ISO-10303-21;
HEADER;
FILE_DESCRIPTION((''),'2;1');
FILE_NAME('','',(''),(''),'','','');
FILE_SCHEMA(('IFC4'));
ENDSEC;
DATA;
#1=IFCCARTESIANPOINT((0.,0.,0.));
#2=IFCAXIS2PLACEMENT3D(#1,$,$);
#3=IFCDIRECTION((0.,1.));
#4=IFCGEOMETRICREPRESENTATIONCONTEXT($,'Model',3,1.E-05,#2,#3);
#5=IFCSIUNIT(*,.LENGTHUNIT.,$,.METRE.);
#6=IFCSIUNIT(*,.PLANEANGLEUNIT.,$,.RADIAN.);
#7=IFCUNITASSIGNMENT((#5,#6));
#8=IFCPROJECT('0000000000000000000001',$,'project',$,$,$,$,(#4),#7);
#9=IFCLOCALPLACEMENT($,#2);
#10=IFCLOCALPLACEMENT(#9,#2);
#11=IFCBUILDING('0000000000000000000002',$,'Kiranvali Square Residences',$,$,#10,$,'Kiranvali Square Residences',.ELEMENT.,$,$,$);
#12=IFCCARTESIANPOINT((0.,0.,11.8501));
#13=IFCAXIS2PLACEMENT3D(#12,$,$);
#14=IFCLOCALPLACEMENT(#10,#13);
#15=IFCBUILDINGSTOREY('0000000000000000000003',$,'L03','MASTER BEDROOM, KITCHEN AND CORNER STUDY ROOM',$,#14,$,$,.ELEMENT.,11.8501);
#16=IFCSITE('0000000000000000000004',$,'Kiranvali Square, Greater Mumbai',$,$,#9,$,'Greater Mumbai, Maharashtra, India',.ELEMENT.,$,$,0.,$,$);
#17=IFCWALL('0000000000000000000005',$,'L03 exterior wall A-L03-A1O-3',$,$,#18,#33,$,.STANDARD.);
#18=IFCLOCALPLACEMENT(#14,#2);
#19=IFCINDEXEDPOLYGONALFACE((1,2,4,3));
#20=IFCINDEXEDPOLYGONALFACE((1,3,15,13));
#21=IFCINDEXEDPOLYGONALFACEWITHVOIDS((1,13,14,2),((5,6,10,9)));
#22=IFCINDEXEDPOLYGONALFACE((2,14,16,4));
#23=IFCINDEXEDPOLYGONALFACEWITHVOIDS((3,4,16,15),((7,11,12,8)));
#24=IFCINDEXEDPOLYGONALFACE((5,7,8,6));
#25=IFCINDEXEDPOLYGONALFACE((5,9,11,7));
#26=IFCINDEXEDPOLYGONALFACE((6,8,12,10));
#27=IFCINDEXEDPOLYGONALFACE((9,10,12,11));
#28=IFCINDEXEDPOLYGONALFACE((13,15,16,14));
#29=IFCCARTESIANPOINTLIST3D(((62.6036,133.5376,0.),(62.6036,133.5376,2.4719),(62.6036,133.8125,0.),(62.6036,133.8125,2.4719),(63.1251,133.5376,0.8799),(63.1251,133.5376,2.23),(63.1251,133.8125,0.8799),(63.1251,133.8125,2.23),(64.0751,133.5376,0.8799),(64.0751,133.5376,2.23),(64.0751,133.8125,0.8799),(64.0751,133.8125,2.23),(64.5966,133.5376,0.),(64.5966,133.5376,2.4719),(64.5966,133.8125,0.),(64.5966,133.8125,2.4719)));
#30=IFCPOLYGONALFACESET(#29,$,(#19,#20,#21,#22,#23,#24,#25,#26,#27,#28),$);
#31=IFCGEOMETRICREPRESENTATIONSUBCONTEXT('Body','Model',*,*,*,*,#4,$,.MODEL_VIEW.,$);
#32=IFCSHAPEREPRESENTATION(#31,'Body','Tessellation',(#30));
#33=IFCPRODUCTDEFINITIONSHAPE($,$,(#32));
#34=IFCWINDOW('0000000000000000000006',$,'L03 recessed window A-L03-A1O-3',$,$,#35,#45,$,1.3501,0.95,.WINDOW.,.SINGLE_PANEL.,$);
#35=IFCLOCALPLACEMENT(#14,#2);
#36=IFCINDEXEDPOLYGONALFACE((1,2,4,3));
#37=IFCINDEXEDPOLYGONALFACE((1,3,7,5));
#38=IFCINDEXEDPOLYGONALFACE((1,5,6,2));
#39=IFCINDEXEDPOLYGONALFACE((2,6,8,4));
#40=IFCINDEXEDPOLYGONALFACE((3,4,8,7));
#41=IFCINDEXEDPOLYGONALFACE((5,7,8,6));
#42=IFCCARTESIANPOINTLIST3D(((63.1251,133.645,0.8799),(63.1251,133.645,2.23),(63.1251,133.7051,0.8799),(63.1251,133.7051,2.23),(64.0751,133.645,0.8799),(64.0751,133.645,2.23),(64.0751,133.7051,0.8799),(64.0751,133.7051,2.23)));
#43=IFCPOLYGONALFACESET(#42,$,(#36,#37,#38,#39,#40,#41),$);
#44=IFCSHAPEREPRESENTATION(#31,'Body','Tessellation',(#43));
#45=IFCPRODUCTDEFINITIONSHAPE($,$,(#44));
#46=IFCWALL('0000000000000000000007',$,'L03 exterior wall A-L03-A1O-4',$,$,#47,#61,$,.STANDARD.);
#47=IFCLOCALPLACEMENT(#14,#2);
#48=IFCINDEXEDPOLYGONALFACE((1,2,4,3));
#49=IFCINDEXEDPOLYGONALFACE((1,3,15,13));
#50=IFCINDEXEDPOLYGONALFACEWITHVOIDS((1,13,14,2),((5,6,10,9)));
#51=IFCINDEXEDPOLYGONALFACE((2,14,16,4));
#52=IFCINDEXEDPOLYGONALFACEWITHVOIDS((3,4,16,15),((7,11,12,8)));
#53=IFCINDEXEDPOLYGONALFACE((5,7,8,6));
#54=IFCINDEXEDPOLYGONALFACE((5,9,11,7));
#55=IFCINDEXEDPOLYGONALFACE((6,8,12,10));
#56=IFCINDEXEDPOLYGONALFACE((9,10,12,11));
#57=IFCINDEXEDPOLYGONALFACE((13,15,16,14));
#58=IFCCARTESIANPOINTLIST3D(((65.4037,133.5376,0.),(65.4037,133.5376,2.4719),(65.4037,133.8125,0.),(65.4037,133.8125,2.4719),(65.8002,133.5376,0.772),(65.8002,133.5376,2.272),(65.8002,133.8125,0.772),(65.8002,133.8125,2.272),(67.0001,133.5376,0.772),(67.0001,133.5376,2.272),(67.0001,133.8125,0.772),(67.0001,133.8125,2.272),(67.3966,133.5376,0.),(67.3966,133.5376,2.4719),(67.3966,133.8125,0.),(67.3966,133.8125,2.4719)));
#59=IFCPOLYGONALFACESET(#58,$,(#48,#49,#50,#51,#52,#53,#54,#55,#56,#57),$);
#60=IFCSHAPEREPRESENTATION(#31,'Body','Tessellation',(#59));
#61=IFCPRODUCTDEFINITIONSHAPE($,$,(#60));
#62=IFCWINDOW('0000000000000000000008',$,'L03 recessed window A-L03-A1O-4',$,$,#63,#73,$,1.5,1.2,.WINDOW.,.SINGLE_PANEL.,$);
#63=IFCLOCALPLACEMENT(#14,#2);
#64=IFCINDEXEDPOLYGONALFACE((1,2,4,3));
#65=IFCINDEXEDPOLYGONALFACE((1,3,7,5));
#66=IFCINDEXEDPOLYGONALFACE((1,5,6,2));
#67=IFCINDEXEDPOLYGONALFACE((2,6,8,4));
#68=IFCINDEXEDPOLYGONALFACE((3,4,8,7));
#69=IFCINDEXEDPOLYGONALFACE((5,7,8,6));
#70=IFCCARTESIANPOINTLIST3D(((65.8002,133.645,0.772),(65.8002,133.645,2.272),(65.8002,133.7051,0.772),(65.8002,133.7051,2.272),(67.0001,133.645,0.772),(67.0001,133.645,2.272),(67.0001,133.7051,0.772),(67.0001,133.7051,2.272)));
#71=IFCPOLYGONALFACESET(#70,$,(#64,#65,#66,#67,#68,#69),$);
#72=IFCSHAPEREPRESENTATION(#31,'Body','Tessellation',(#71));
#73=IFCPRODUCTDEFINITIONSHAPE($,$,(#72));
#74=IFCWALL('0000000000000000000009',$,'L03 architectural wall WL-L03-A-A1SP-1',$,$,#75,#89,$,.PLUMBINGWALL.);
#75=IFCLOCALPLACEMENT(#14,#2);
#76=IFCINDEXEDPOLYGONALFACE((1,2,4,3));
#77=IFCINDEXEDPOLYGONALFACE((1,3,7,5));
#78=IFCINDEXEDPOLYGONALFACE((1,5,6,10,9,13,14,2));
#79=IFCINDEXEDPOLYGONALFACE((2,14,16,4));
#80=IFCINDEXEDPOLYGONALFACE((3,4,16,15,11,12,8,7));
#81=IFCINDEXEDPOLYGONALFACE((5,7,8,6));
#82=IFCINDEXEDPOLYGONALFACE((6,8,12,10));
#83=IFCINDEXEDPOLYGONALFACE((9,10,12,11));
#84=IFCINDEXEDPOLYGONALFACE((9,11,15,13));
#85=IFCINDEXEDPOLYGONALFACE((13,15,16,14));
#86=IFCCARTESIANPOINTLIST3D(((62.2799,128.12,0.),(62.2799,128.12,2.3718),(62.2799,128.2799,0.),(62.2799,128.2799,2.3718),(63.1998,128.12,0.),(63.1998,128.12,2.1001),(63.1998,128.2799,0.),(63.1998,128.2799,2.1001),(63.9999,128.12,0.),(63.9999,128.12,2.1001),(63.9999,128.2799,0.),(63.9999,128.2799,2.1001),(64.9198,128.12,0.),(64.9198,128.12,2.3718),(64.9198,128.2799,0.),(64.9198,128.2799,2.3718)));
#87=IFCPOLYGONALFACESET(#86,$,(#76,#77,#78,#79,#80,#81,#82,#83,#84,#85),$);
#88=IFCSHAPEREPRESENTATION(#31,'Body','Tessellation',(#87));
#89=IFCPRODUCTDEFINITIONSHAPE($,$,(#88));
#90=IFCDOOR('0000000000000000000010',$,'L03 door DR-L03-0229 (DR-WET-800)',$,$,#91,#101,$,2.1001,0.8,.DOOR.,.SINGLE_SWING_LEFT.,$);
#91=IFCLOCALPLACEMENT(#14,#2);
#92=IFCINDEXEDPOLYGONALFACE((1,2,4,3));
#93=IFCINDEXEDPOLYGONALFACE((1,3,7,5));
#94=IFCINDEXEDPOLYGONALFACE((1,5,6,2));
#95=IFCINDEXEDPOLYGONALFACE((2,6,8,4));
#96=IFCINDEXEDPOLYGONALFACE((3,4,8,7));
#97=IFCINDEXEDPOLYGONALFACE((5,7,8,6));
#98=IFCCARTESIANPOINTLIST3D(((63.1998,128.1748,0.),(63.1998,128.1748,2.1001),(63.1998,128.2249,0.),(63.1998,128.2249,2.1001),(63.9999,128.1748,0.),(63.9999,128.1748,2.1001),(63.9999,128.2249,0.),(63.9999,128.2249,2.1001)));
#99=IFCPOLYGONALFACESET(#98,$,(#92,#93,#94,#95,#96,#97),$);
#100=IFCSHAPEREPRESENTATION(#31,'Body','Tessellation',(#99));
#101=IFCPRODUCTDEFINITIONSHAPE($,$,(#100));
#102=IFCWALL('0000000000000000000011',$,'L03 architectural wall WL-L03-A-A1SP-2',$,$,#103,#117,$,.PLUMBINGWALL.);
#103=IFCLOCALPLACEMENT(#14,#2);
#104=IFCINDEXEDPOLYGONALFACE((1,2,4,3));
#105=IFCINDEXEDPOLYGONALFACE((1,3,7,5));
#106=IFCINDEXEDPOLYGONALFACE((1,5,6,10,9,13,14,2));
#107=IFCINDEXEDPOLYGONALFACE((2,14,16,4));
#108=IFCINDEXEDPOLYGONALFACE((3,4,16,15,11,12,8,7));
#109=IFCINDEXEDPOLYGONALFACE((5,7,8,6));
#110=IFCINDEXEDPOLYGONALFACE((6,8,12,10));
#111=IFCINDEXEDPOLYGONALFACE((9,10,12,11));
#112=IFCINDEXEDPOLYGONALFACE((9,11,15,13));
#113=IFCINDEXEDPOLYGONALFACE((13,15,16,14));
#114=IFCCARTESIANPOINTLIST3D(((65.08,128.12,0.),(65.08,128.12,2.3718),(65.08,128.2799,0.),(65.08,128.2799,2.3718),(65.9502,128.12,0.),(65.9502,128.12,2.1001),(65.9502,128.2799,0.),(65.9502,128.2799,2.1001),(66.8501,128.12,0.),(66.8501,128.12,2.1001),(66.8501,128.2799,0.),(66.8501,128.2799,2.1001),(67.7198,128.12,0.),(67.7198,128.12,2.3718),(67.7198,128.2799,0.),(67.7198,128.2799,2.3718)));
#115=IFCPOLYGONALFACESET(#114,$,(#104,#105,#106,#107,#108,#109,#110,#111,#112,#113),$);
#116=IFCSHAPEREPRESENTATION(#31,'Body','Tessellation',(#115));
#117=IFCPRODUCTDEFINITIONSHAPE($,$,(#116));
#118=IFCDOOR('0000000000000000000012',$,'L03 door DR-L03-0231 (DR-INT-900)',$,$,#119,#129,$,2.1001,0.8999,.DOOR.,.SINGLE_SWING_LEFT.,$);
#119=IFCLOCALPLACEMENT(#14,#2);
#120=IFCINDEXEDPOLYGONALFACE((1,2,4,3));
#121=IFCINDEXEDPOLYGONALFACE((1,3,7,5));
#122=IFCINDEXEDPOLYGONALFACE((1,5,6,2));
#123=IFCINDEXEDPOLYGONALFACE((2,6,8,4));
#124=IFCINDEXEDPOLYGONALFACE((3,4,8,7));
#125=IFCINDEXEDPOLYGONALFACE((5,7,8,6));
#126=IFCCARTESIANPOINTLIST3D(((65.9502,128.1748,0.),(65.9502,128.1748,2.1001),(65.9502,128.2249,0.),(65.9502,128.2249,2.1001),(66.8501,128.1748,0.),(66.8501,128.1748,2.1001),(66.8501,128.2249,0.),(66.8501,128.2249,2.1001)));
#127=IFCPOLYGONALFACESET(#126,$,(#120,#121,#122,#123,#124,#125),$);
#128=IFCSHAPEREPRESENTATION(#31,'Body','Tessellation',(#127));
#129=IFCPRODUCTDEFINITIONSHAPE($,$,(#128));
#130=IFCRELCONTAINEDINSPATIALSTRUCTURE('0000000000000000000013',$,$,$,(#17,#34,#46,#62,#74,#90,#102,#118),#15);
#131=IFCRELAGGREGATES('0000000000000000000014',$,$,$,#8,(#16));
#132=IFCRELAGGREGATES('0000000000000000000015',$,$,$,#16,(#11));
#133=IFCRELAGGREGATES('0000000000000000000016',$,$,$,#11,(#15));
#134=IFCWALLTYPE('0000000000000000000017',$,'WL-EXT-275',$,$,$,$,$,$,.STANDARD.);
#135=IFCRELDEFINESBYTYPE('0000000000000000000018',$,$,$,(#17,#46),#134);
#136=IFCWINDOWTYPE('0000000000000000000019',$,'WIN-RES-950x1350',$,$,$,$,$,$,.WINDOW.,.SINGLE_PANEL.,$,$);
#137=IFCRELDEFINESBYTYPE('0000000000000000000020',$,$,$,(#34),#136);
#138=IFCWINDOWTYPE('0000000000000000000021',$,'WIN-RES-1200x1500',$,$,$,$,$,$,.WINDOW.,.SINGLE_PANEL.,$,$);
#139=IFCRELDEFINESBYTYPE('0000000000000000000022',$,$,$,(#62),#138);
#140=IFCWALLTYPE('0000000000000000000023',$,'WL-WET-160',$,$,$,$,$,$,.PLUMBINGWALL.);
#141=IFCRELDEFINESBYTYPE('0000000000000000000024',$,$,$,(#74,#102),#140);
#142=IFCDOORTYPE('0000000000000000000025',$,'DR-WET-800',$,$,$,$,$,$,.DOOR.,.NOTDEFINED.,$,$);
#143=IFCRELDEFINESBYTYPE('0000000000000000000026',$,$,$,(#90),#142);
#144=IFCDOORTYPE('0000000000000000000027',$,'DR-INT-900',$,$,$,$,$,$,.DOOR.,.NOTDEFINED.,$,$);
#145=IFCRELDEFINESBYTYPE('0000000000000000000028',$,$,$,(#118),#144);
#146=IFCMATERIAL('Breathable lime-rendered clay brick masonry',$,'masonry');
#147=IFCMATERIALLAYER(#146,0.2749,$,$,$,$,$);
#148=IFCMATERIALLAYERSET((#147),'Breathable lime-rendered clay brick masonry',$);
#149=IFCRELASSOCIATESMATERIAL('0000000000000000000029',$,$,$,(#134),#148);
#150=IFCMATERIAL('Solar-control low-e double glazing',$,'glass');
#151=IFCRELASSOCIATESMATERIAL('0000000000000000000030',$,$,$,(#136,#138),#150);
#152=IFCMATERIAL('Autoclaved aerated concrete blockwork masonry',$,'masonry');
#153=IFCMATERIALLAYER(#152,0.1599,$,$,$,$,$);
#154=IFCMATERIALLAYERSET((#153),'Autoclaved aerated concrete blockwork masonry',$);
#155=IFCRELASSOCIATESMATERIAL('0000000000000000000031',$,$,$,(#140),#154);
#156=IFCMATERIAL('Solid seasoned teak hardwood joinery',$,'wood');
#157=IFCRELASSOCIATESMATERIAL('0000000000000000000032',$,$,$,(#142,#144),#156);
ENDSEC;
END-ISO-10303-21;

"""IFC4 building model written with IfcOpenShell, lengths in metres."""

from ifc_helpers import new_model, si_unit, direction, frame, frame_2d, origin, place, context, subcontext, project, spatial, rectangle, extrude, material, layer, layer_set, type_object, element, fill, save


model = new_model("IFC4")

# Units and contexts
model_context = context("Model", 3, precision=1e-05, world=origin(), true_north=direction((0.0, 1.0)))
body_context = subcontext(model_context, "Body", "Model", "MODEL_VIEW")
ifc_project = project(units=[si_unit("LENGTHUNIT", "METRE"), si_unit("PLANEANGLEUNIT", "RADIAN")], contexts=[model_context])

# Site, building, storey
site_placement = place(None, origin())
site = spatial("IfcSite", under=ifc_project, at=site_placement, Name="Kiranvali Square, Greater Mumbai", LongName="Greater Mumbai, Maharashtra, India", CompositionType="ELEMENT", RefElevation=0.0)
building_placement = place(site_placement, origin())
building = spatial("IfcBuilding", under=site, at=building_placement, Name="Kiranvali Square Residences", LongName="Kiranvali Square Residences", CompositionType="ELEMENT")
storey_placement = place(building_placement, frame((0.0, 0.0, 11.8501)))
storey = spatial("IfcBuildingStorey", under=building, at=storey_placement, Name="L03", Description="MASTER BEDROOM, KITCHEN AND CORNER STUDY ROOM", CompositionType="ELEMENT", Elevation=11.8501)

# Walls, openings, windows
ifc_material_1 = material(Name="Breathable lime-rendered clay brick masonry", Category="masonry")
ifc_layer_1 = layer(ifc_material_1, 0.2749)
ifc_layer_set_1 = layer_set([ifc_layer_1], Name="Breathable lime-rendered clay brick masonry")
wall_type_1 = type_object("IfcWallType", Name="WL-EXT-275", PredefinedType="STANDARD", material=ifc_layer_set_1)
wall_1_placement = place(storey_placement, frame((62.6035, 133.675, 0.0), z_axis=(0.0, 0.0, 1.0), x_axis=(1.0, 0.0, 0.0)))
wall_1 = element("IfcWall", 1, at=wall_1_placement, inside=storey, type_object=wall_type_1, Name="L03 exterior wall A-L03-A1O-3", PredefinedType="STANDARD", context=body_context, shape_type="SweptSolid", body=[
    extrude(rectangle(XDim=1.9929, YDim=0.2749, at=frame_2d((0.9966, 0.0))), origin(), (0.0, 0.0, 1.0), 2.4719),
])
opening_1_placement = place(wall_1_placement, frame((0.5215, 0.0, 0.8799)))
opening_1 = element("IfcOpeningElement", 2, at=opening_1_placement, cuts=wall_1, PredefinedType="OPENING", context=body_context, shape_type="SweptSolid", body=[
    extrude(rectangle(XDim=0.95, YDim=1.3501, at=frame_2d((0.4751, 0.675))), frame((0.0, 0.1475, 0.0), z_axis=(0.0, -1.0, 0.0), x_axis=(1.0, 0.0, 0.0)), (0.0, 0.0, 1.0), 0.2949),
])
ifc_material_2 = material(Name="Solar-control low-e double glazing", Category="glass")
window_type_1 = type_object("IfcWindowType", Name="WIN-RES-950x1350", PartitioningType="SINGLE_PANEL", PredefinedType="WINDOW", material=ifc_material_2)
window_1_placement = place(opening_1_placement, origin())
window_1 = element("IfcWindow", 3, at=window_1_placement, inside=storey, type_object=window_type_1, Name="L03 recessed window A-L03-A1O-3", OverallHeight=1.3501, OverallWidth=0.95, PartitioningType="SINGLE_PANEL", PredefinedType="WINDOW", context=body_context, shape_type="SweptSolid", body=[
    extrude(rectangle(XDim=0.95, YDim=1.3501, at=frame_2d((0.4751, 0.675))), frame((0.0, 0.03, 0.0), z_axis=(0.0, -1.0, 0.0), x_axis=(1.0, 0.0, 0.0)), (0.0, 0.0, 1.0), 0.0601),
])
fill(opening_1, window_1)
wall_2_placement = place(storey_placement, frame((65.4036, 133.675, 0.0), z_axis=(0.0, 0.0, 1.0), x_axis=(1.0, 0.0, 0.0)))
wall_2 = element("IfcWall", 4, at=wall_2_placement, inside=storey, type_object=wall_type_1, Name="L03 exterior wall A-L03-A1O-4", PredefinedType="STANDARD", context=body_context, shape_type="SweptSolid", body=[
    extrude(rectangle(XDim=1.9929, YDim=0.2749, at=frame_2d((0.9966, 0.0))), origin(), (0.0, 0.0, 1.0), 2.4719),
])
opening_2_placement = place(wall_2_placement, frame((0.3965, 0.0, 0.772)))
opening_2 = element("IfcOpeningElement", 5, at=opening_2_placement, cuts=wall_2, PredefinedType="OPENING", context=body_context, shape_type="SweptSolid", body=[
    extrude(rectangle(XDim=1.2, YDim=1.5, at=frame_2d((0.6001, 0.75))), frame((0.0, 0.1475, 0.0), z_axis=(0.0, -1.0, 0.0), x_axis=(1.0, 0.0, 0.0)), (0.0, 0.0, 1.0), 0.2949),
])
window_type_2 = type_object("IfcWindowType", Name="WIN-RES-1200x1500", PartitioningType="SINGLE_PANEL", PredefinedType="WINDOW", material=ifc_material_2)
window_2_placement = place(opening_2_placement, origin())
window_2 = element("IfcWindow", 6, at=window_2_placement, inside=storey, type_object=window_type_2, Name="L03 recessed window A-L03-A1O-4", OverallHeight=1.5, OverallWidth=1.2, PartitioningType="SINGLE_PANEL", PredefinedType="WINDOW", context=body_context, shape_type="SweptSolid", body=[
    extrude(rectangle(XDim=1.2, YDim=1.5, at=frame_2d((0.6001, 0.75))), frame((0.0, 0.03, 0.0), z_axis=(0.0, -1.0, 0.0), x_axis=(1.0, 0.0, 0.0)), (0.0, 0.0, 1.0), 0.0601),
])
fill(opening_2, window_2)

# Walls, openings, doors
ifc_material_3 = material(Name="Autoclaved aerated concrete blockwork masonry", Category="masonry")
ifc_layer_2 = layer(ifc_material_3, 0.1599)
ifc_layer_set_2 = layer_set([ifc_layer_2], Name="Autoclaved aerated concrete blockwork masonry")
wall_type_2 = type_object("IfcWallType", Name="WL-WET-160", PredefinedType="PLUMBINGWALL", material=ifc_layer_set_2)
wall_3_placement = place(storey_placement, frame((62.28, 128.2, 0.0), z_axis=(0.0, 0.0, 1.0), x_axis=(1.0, 0.0, 0.0)))
wall_3 = element("IfcWall", 7, at=wall_3_placement, inside=storey, type_object=wall_type_2, Name="L03 architectural wall WL-L03-A-A1SP-1", PredefinedType="PLUMBINGWALL", context=body_context, shape_type="SweptSolid", body=[
    extrude(rectangle(XDim=2.6399, YDim=0.1599, at=frame_2d((1.3198, 0.0))), origin(), (0.0, 0.0, 1.0), 2.3718),
])
opening_3_placement = place(wall_3_placement, frame((0.9199, 0.0, 0.0)))
opening_3 = element("IfcOpeningElement", 8, at=opening_3_placement, cuts=wall_3, PredefinedType="OPENING", context=body_context, shape_type="SweptSolid", body=[
    extrude(rectangle(XDim=0.8, YDim=2.1001, at=frame_2d((0.3999, 1.05))), frame((0.0, 0.0898, 0.0), z_axis=(0.0, -1.0, 0.0), x_axis=(1.0, 0.0, 0.0)), (0.0, 0.0, 1.0), 0.1799),
])
ifc_material_4 = material(Name="Solid seasoned teak hardwood joinery", Category="wood")
door_type_1 = type_object("IfcDoorType", Name="DR-WET-800", OperationType="NOTDEFINED", PredefinedType="DOOR", material=ifc_material_4)
door_1_placement = place(opening_3_placement, origin())
door_1 = element("IfcDoor", 9, at=door_1_placement, inside=storey, type_object=door_type_1, Name="L03 door DR-L03-0229 (DR-WET-800)", OperationType="SINGLE_SWING_LEFT", OverallHeight=2.1001, OverallWidth=0.8, PredefinedType="DOOR", context=body_context, shape_type="SweptSolid", body=[
    extrude(rectangle(XDim=0.8, YDim=2.1001, at=frame_2d((0.3999, 1.05))), frame((0.0, 0.0249, 0.0), z_axis=(0.0, -1.0, 0.0), x_axis=(1.0, 0.0, 0.0)), (0.0, 0.0, 1.0), 0.05),
])
fill(opening_3, door_1)
wall_4_placement = place(storey_placement, frame((65.0801, 128.2, 0.0), z_axis=(0.0, 0.0, 1.0), x_axis=(1.0, 0.0, 0.0)))
wall_4 = element("IfcWall", 10, at=wall_4_placement, inside=storey, type_object=wall_type_2, Name="L03 architectural wall WL-L03-A-A1SP-2", PredefinedType="PLUMBINGWALL", context=body_context, shape_type="SweptSolid", body=[
    extrude(rectangle(XDim=2.6399, YDim=0.1599, at=frame_2d((1.3198, 0.0))), origin(), (0.0, 0.0, 1.0), 2.3718),
])
opening_4_placement = place(wall_4_placement, frame((0.8701, 0.0, 0.0)))
opening_4 = element("IfcOpeningElement", 11, at=opening_4_placement, cuts=wall_4, PredefinedType="OPENING", context=body_context, shape_type="SweptSolid", body=[
    extrude(rectangle(XDim=0.8999, YDim=2.1001, at=frame_2d((0.45, 1.05))), frame((0.0, 0.0898, 0.0), z_axis=(0.0, -1.0, 0.0), x_axis=(1.0, 0.0, 0.0)), (0.0, 0.0, 1.0), 0.1799),
])
door_type_2 = type_object("IfcDoorType", Name="DR-INT-900", OperationType="NOTDEFINED", PredefinedType="DOOR", material=ifc_material_4)
door_2_placement = place(opening_4_placement, origin())
door_2 = element("IfcDoor", 12, at=door_2_placement, inside=storey, type_object=door_type_2, Name="L03 door DR-L03-0231 (DR-INT-900)", OperationType="SINGLE_SWING_LEFT", OverallHeight=2.1001, OverallWidth=0.8999, PredefinedType="DOOR", context=body_context, shape_type="SweptSolid", body=[
    extrude(rectangle(XDim=0.8999, YDim=2.1001, at=frame_2d((0.45, 1.05))), frame((0.0, 0.0249, 0.0), z_axis=(0.0, -1.0, 0.0), x_axis=(1.0, 0.0, 0.0)), (0.0, 0.0, 1.0), 0.05),
])
fill(opening_4, door_2)

save(model, "model.ifc")
